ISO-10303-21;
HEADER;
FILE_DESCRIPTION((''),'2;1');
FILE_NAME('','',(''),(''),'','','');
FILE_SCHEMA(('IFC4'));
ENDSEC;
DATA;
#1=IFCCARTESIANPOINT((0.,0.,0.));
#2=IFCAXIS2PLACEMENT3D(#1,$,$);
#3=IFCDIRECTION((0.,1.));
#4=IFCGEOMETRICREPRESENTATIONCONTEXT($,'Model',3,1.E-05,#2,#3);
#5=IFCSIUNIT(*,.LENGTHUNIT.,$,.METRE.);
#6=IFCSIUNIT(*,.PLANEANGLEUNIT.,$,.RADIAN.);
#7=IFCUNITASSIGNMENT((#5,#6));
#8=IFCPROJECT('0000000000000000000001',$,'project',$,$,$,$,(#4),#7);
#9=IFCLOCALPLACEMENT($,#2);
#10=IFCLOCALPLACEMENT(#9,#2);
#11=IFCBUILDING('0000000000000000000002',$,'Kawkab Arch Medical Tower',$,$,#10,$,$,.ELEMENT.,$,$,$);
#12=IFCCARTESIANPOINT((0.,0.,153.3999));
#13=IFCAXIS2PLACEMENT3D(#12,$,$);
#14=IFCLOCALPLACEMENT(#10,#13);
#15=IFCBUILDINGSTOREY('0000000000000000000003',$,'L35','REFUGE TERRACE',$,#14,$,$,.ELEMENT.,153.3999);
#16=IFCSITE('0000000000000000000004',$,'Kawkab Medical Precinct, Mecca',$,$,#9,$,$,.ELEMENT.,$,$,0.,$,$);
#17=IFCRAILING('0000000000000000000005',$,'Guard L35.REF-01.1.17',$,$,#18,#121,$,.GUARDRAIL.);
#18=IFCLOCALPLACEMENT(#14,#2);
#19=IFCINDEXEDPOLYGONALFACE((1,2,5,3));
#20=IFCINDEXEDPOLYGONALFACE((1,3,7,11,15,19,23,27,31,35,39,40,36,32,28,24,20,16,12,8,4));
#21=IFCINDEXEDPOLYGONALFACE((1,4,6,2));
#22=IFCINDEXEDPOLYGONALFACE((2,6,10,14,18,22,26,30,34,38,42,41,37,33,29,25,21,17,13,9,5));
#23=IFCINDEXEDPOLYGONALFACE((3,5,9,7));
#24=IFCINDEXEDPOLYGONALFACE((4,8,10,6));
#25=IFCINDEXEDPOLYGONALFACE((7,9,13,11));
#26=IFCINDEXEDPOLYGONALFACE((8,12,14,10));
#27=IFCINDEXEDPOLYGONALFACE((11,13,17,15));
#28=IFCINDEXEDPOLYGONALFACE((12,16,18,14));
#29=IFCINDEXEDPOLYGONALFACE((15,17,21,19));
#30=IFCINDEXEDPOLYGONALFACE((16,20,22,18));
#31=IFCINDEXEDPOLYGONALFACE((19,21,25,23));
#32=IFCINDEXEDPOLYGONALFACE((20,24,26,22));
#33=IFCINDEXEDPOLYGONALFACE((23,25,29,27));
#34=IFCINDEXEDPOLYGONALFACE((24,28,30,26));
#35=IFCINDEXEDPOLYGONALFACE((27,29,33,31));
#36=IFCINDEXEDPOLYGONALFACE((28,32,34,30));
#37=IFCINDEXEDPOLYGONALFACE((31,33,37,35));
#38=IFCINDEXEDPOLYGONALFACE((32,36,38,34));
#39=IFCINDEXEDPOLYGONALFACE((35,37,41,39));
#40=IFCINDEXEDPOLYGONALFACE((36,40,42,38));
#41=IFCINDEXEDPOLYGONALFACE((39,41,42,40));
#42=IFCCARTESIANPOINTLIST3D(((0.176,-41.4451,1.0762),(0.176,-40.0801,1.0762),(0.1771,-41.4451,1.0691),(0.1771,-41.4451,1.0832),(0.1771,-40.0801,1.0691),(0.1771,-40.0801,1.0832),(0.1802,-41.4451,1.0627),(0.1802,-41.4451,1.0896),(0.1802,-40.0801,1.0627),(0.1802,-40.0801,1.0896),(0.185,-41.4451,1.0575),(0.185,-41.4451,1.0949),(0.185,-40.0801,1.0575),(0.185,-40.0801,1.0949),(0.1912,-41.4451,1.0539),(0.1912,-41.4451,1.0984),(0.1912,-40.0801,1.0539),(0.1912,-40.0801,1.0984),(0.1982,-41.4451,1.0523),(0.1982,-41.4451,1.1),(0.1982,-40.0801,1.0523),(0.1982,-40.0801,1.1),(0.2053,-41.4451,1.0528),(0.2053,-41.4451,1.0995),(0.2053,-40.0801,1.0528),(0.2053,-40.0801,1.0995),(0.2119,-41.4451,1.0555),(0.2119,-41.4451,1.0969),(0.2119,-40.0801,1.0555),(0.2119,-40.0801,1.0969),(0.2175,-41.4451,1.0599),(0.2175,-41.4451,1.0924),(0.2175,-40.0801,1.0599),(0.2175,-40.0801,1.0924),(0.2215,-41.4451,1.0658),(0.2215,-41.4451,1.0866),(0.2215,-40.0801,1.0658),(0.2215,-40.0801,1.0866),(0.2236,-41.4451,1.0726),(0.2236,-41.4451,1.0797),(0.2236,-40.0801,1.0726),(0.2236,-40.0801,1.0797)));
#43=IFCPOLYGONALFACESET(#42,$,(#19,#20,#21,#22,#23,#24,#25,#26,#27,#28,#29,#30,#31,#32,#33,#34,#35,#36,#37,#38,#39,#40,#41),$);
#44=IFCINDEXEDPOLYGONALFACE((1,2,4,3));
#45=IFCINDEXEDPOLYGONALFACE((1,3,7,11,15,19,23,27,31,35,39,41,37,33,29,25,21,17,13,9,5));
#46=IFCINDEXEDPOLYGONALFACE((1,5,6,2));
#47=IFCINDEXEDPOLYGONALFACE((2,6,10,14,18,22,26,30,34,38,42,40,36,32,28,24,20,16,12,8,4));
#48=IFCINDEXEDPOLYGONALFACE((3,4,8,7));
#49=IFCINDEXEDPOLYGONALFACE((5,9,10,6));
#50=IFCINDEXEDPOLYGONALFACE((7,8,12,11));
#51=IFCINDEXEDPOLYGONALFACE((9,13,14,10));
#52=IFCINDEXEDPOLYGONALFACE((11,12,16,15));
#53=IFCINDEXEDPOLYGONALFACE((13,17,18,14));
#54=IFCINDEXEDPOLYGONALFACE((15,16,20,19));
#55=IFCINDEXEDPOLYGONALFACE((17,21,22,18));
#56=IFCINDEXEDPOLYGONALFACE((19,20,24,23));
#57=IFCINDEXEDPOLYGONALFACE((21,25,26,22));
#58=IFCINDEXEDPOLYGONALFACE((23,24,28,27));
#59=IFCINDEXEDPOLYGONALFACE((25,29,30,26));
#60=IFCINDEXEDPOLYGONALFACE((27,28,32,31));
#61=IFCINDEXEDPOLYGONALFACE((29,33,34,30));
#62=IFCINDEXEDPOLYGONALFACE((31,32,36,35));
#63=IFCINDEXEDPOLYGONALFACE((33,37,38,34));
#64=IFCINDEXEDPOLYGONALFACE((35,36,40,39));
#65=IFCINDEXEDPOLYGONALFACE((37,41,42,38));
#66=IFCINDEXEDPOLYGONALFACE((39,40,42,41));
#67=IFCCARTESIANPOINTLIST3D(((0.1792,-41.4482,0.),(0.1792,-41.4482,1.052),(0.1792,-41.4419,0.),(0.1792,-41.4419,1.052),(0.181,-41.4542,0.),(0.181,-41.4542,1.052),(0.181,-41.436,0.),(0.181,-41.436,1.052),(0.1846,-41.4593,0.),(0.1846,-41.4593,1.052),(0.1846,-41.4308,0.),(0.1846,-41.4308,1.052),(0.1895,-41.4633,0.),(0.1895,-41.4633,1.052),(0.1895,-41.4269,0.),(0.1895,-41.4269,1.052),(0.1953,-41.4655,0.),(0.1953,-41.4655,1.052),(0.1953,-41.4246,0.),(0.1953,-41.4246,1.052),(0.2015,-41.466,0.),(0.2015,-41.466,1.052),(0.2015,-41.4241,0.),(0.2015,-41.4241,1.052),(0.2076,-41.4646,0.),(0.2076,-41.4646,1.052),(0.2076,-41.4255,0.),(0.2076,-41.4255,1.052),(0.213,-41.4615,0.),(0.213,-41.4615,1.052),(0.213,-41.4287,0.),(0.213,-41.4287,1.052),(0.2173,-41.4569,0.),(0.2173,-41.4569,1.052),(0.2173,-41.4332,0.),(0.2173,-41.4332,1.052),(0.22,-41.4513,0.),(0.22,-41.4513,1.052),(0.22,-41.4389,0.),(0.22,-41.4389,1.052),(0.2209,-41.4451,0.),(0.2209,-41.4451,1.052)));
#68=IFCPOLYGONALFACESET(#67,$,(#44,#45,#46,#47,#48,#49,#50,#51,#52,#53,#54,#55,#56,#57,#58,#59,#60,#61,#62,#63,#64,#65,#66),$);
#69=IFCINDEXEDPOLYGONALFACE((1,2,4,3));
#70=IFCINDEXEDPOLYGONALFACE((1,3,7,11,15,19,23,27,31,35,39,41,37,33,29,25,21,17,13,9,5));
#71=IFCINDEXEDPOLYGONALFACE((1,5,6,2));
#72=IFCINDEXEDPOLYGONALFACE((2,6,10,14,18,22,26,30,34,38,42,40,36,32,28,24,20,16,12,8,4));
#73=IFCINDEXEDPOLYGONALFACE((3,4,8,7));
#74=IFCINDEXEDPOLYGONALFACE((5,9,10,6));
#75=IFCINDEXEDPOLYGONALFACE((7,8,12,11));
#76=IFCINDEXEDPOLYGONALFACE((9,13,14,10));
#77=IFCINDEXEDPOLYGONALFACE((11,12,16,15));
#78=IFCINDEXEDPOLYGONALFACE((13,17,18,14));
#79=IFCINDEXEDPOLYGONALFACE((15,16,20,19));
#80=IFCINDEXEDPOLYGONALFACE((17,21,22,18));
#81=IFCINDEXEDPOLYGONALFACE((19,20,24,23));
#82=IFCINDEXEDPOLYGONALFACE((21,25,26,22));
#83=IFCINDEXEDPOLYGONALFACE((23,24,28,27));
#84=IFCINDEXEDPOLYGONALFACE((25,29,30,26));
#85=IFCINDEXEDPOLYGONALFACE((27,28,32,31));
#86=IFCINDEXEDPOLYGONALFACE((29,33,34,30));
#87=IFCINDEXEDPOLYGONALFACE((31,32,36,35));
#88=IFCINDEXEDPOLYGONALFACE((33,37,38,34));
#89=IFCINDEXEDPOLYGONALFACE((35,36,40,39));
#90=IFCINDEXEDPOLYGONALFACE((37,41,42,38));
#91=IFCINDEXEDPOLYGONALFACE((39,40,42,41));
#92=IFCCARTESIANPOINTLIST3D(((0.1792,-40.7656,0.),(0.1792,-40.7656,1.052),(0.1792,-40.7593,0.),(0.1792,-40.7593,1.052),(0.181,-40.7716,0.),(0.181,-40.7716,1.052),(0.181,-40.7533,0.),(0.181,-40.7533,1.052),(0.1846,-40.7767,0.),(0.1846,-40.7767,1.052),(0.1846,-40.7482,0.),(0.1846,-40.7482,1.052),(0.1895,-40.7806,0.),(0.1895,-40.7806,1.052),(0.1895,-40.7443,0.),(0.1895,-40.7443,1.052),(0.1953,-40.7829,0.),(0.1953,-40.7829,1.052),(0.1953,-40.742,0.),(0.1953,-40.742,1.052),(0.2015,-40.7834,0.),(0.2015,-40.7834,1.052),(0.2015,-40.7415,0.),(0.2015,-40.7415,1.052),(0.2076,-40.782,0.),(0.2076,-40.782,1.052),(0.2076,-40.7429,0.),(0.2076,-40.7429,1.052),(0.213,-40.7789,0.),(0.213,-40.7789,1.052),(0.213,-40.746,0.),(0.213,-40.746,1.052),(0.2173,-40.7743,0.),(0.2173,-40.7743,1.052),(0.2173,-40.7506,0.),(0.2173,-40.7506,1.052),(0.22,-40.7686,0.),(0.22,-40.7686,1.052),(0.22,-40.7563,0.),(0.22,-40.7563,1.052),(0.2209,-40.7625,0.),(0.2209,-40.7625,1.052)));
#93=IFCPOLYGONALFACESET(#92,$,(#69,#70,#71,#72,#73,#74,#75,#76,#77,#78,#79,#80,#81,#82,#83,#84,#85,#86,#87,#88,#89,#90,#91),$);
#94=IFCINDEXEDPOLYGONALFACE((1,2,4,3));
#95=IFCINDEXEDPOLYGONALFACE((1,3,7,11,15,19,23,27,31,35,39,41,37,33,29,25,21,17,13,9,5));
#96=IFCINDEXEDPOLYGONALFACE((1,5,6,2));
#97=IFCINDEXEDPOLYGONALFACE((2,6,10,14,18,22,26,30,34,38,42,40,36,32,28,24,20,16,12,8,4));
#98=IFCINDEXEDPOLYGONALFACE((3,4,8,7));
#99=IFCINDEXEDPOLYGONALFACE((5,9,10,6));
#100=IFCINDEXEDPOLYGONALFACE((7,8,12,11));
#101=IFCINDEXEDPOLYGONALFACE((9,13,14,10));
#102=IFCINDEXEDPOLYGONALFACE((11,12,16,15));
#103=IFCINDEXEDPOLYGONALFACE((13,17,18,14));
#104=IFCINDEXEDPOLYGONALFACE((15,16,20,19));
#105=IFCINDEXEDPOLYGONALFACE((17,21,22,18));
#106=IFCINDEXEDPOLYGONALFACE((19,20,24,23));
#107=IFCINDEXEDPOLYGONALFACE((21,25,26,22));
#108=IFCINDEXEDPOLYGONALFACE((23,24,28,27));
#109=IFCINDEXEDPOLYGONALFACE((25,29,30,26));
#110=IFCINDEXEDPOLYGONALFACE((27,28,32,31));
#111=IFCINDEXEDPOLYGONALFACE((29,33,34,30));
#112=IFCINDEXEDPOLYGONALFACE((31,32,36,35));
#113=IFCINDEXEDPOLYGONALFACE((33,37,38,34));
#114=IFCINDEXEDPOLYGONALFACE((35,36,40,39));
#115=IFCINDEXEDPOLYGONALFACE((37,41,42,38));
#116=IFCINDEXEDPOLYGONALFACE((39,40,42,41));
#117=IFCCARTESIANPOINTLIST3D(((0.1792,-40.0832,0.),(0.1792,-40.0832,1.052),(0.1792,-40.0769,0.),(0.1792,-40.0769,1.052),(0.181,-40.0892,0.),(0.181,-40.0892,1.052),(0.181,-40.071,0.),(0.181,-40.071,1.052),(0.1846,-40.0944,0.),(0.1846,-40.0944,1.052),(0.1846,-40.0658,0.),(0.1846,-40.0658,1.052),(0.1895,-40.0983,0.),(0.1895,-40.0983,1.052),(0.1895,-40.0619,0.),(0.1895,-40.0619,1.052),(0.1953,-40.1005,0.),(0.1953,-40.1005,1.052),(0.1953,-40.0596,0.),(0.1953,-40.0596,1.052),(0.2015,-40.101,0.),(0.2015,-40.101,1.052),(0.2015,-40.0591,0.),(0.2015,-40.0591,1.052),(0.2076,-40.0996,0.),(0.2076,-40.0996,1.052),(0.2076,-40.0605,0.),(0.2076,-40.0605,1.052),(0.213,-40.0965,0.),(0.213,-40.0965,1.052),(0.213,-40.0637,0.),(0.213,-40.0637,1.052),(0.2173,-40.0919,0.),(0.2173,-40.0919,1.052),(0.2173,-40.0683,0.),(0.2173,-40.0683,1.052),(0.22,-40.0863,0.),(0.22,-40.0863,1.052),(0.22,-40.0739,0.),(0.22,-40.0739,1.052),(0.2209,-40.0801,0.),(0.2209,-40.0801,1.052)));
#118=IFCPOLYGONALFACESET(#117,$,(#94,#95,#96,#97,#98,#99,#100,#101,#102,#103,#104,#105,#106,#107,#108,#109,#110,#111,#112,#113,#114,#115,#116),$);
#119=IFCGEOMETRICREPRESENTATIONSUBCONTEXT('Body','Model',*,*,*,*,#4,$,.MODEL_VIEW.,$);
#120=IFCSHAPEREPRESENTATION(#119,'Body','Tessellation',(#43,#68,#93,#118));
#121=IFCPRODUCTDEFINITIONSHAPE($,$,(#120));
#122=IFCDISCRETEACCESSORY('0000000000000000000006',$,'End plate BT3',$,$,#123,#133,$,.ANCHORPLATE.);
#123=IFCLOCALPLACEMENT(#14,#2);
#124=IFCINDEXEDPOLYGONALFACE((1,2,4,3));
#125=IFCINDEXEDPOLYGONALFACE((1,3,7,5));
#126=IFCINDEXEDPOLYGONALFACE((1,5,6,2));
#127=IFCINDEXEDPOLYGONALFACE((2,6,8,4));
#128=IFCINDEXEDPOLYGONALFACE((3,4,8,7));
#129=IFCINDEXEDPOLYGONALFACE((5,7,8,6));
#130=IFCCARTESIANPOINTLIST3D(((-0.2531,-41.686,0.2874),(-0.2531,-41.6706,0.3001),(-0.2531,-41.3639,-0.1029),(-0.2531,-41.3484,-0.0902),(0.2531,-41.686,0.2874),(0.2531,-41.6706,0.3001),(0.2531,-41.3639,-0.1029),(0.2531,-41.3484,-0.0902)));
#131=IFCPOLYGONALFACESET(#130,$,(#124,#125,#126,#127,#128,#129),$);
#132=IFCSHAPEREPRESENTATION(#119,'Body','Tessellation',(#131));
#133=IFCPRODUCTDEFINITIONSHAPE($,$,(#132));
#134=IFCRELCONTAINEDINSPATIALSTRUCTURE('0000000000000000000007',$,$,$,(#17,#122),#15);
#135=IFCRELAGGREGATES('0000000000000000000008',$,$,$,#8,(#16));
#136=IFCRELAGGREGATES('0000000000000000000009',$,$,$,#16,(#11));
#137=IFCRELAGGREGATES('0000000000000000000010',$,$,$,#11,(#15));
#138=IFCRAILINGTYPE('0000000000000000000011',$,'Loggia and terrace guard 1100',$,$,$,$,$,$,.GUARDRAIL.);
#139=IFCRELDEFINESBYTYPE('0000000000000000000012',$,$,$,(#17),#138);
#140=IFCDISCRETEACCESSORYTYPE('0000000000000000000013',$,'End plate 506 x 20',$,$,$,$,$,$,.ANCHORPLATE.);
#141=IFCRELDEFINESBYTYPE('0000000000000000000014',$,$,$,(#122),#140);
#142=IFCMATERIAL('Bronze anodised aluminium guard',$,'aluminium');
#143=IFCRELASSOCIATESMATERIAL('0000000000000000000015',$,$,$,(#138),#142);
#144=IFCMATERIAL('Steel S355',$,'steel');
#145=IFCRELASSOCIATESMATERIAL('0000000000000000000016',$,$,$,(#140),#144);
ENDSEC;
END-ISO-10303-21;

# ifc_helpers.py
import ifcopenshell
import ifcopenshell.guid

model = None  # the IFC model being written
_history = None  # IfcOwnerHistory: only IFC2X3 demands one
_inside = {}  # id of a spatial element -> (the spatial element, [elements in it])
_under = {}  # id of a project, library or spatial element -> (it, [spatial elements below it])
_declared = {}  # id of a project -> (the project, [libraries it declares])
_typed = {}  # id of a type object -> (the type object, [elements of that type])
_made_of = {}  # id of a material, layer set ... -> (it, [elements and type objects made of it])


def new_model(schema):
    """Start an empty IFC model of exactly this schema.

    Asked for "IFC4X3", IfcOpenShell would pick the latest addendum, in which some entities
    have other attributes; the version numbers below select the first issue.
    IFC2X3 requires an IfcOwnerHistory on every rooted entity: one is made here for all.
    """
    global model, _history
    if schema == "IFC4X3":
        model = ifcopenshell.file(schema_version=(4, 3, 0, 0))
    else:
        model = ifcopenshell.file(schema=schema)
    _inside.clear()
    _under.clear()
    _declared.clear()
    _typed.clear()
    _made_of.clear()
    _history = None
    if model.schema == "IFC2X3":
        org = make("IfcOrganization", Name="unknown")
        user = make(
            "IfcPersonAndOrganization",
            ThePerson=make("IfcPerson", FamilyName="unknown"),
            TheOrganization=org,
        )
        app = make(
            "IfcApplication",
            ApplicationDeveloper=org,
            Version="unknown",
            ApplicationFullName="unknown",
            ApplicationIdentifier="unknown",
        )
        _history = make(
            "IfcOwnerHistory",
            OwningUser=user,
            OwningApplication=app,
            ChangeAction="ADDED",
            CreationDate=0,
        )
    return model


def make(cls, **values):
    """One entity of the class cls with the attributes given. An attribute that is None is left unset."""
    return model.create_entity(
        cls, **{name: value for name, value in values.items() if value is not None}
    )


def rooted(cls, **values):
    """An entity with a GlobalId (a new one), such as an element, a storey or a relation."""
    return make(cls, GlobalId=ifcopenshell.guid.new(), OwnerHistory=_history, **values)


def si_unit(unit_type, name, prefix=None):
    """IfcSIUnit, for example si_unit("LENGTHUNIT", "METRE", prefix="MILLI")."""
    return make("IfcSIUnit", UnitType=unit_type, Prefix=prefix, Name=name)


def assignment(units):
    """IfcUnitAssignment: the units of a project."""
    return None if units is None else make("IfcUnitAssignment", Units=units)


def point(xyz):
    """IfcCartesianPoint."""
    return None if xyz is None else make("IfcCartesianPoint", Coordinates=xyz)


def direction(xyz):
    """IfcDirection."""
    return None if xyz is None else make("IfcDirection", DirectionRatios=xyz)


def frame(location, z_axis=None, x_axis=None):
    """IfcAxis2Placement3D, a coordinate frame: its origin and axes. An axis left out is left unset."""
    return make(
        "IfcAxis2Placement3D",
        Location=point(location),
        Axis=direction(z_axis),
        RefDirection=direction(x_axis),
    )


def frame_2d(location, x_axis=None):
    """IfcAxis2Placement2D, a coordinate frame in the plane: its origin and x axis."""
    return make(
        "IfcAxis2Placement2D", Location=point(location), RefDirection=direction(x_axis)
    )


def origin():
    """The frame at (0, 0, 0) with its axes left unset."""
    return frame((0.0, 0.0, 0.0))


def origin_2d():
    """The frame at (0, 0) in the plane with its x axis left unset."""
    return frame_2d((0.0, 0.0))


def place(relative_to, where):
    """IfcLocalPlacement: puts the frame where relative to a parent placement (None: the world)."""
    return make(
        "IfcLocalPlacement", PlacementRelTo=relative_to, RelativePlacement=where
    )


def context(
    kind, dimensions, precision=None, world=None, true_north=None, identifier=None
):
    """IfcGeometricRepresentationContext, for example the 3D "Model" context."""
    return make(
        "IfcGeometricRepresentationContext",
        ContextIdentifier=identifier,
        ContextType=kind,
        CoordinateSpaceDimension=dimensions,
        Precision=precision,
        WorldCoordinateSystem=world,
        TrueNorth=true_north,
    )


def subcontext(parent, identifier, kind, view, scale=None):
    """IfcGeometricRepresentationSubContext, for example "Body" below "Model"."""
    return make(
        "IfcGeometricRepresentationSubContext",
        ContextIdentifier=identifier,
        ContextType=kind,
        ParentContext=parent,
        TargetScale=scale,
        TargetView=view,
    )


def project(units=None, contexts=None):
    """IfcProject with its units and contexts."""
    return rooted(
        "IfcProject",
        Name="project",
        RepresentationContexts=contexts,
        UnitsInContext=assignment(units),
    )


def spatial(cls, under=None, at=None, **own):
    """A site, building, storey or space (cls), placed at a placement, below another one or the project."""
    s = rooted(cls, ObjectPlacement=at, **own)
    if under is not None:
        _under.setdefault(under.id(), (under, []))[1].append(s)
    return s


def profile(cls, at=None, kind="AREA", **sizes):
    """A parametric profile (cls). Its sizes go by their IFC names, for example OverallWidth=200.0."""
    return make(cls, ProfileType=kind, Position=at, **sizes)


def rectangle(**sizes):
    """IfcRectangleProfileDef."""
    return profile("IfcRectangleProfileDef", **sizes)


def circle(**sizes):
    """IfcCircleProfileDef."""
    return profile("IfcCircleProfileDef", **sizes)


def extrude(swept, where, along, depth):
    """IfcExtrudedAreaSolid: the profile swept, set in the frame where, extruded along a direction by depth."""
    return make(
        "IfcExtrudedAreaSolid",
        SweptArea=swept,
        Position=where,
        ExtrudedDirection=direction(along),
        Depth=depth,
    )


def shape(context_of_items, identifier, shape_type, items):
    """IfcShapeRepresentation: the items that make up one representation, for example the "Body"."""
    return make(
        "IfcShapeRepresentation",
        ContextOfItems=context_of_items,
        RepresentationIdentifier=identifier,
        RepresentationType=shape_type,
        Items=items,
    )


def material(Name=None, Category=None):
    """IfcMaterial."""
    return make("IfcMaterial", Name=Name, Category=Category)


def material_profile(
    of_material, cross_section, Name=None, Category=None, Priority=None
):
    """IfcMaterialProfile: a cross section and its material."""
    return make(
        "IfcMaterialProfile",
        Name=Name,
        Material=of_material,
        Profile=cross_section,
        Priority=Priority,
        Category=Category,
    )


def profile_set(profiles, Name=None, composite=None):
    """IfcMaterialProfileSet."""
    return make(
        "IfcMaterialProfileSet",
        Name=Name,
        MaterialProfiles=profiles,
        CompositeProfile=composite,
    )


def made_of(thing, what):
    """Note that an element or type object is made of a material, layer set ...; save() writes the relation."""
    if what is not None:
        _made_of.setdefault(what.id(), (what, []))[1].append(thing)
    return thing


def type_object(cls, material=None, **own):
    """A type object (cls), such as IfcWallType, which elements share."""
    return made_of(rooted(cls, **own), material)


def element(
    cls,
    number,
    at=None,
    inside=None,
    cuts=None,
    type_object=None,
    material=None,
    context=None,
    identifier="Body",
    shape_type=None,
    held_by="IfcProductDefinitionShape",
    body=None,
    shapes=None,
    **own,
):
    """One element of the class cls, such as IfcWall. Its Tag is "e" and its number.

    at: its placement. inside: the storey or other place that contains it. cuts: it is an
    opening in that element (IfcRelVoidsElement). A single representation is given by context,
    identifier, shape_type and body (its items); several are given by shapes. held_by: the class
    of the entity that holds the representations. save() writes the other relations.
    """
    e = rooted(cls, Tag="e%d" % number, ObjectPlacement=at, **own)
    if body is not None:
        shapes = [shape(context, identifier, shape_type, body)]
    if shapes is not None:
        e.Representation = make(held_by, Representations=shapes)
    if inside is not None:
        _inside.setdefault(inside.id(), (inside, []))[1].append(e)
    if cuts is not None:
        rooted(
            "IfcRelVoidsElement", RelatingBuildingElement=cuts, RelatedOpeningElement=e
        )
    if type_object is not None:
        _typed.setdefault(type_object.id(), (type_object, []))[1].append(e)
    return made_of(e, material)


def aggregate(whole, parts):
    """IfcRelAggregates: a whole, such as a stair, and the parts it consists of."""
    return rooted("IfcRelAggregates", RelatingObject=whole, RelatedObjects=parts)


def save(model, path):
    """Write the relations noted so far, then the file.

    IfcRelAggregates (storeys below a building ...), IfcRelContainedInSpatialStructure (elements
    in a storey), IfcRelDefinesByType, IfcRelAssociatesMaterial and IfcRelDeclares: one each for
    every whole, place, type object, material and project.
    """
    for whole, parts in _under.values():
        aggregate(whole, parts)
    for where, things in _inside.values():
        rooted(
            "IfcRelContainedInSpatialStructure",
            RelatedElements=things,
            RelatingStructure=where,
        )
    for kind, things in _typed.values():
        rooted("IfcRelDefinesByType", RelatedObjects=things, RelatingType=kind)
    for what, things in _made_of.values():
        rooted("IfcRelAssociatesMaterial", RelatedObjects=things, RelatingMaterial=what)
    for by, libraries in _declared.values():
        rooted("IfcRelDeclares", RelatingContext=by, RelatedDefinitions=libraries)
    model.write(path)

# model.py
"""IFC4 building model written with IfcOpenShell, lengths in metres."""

from ifc_helpers import new_model, si_unit, direction, frame, origin, origin_2d, place, context, subcontext, project, spatial, rectangle, circle, extrude, material, material_profile, profile_set, type_object, element, save


model = new_model("IFC4")

# Units and contexts
model_context = context("Model", 3, precision=1e-05, world=origin(), true_north=direction((0.0, 1.0)))
body_context = subcontext(model_context, "Body", "Model", "MODEL_VIEW")
ifc_project = project(units=[si_unit("LENGTHUNIT", "METRE"), si_unit("PLANEANGLEUNIT", "RADIAN")], contexts=[model_context])

# Site, building, storey
site_placement = place(None, origin())
site = spatial("IfcSite", under=ifc_project, at=site_placement, Name="Kawkab Medical Precinct, Mecca", CompositionType="ELEMENT", RefElevation=0.0)
building_placement = place(site_placement, origin())
building = spatial("IfcBuilding", under=site, at=building_placement, Name="Kawkab Arch Medical Tower", CompositionType="ELEMENT")
storey_placement = place(building_placement, frame((0.0, 0.0, 153.3999)))
storey = spatial("IfcBuildingStorey", under=building, at=storey_placement, Name="L35", Description="REFUGE TERRACE", CompositionType="ELEMENT", Elevation=153.3999)

# Railing
ifc_material_1 = material(Name="Bronze anodised aluminium guard", Category="aluminium")
railing_type = type_object("IfcRailingType", Name="Loggia and terrace guard 1100", PredefinedType="GUARDRAIL", material=ifc_material_1)
railing_1_placement = place(storey_placement, frame((0.2, -41.4451, 0.0)))
element("IfcRailing", 1, at=railing_1_placement, inside=storey, type_object=railing_type, Name="Guard L35.REF-01.1.17", PredefinedType="GUARDRAIL", context=body_context, shape_type="SweptSolid", body=[
    extrude(circle(Radius=0.0239, at=origin_2d()), frame((0.0, 0.0, 1.0762), z_axis=(0.0, 1.0, 0.0), x_axis=(-1.0, 0.0, 0.0)), (0.0, 0.0, 1.0), 1.365),
    extrude(circle(Radius=0.021, at=origin_2d()), origin(), (0.0, 0.0, 1.0), 1.052),
    extrude(circle(Radius=0.021, at=origin_2d()), frame((0.0, 0.6826, 0.0)), (0.0, 0.0, 1.0), 1.052),
    extrude(circle(Radius=0.021, at=origin_2d()), frame((0.0, 1.365, 0.0)), (0.0, 0.0, 1.0), 1.052),
])

# Discrete accessory
ifc_material_2 = material(Name="Steel S355", Category="steel")
ifc_material_profile_1 = material_profile(ifc_material_2, rectangle(XDim=0.5061, YDim=0.5061, at=origin_2d()), Name="End plate 506 x 20")
ifc_profile_set_1 = profile_set([ifc_material_profile_1], Name="Steel S355")
discrete_accessory_type = type_object("IfcDiscreteAccessoryType", Name="End plate 506 x 20", PredefinedType="ANCHORPLATE", material=ifc_profile_set_1)
discrete_accessory_placement = place(storey_placement, frame((0.0, -41.5095, 0.105), z_axis=(0.0, -0.771223, -0.636565), x_axis=(1.0, 0.0, 0.0)))
element("IfcDiscreteAccessory", 2, at=discrete_accessory_placement, inside=storey, type_object=discrete_accessory_type, Name="End plate BT3", PredefinedType="ANCHORPLATE", context=body_context, shape_type="SweptSolid", body=[
    extrude(rectangle(XDim=0.5061, YDim=0.5061, at=origin_2d()), origin(), (0.0, 0.0, 1.0), 0.02),
])

save(model, "model.ifc")
